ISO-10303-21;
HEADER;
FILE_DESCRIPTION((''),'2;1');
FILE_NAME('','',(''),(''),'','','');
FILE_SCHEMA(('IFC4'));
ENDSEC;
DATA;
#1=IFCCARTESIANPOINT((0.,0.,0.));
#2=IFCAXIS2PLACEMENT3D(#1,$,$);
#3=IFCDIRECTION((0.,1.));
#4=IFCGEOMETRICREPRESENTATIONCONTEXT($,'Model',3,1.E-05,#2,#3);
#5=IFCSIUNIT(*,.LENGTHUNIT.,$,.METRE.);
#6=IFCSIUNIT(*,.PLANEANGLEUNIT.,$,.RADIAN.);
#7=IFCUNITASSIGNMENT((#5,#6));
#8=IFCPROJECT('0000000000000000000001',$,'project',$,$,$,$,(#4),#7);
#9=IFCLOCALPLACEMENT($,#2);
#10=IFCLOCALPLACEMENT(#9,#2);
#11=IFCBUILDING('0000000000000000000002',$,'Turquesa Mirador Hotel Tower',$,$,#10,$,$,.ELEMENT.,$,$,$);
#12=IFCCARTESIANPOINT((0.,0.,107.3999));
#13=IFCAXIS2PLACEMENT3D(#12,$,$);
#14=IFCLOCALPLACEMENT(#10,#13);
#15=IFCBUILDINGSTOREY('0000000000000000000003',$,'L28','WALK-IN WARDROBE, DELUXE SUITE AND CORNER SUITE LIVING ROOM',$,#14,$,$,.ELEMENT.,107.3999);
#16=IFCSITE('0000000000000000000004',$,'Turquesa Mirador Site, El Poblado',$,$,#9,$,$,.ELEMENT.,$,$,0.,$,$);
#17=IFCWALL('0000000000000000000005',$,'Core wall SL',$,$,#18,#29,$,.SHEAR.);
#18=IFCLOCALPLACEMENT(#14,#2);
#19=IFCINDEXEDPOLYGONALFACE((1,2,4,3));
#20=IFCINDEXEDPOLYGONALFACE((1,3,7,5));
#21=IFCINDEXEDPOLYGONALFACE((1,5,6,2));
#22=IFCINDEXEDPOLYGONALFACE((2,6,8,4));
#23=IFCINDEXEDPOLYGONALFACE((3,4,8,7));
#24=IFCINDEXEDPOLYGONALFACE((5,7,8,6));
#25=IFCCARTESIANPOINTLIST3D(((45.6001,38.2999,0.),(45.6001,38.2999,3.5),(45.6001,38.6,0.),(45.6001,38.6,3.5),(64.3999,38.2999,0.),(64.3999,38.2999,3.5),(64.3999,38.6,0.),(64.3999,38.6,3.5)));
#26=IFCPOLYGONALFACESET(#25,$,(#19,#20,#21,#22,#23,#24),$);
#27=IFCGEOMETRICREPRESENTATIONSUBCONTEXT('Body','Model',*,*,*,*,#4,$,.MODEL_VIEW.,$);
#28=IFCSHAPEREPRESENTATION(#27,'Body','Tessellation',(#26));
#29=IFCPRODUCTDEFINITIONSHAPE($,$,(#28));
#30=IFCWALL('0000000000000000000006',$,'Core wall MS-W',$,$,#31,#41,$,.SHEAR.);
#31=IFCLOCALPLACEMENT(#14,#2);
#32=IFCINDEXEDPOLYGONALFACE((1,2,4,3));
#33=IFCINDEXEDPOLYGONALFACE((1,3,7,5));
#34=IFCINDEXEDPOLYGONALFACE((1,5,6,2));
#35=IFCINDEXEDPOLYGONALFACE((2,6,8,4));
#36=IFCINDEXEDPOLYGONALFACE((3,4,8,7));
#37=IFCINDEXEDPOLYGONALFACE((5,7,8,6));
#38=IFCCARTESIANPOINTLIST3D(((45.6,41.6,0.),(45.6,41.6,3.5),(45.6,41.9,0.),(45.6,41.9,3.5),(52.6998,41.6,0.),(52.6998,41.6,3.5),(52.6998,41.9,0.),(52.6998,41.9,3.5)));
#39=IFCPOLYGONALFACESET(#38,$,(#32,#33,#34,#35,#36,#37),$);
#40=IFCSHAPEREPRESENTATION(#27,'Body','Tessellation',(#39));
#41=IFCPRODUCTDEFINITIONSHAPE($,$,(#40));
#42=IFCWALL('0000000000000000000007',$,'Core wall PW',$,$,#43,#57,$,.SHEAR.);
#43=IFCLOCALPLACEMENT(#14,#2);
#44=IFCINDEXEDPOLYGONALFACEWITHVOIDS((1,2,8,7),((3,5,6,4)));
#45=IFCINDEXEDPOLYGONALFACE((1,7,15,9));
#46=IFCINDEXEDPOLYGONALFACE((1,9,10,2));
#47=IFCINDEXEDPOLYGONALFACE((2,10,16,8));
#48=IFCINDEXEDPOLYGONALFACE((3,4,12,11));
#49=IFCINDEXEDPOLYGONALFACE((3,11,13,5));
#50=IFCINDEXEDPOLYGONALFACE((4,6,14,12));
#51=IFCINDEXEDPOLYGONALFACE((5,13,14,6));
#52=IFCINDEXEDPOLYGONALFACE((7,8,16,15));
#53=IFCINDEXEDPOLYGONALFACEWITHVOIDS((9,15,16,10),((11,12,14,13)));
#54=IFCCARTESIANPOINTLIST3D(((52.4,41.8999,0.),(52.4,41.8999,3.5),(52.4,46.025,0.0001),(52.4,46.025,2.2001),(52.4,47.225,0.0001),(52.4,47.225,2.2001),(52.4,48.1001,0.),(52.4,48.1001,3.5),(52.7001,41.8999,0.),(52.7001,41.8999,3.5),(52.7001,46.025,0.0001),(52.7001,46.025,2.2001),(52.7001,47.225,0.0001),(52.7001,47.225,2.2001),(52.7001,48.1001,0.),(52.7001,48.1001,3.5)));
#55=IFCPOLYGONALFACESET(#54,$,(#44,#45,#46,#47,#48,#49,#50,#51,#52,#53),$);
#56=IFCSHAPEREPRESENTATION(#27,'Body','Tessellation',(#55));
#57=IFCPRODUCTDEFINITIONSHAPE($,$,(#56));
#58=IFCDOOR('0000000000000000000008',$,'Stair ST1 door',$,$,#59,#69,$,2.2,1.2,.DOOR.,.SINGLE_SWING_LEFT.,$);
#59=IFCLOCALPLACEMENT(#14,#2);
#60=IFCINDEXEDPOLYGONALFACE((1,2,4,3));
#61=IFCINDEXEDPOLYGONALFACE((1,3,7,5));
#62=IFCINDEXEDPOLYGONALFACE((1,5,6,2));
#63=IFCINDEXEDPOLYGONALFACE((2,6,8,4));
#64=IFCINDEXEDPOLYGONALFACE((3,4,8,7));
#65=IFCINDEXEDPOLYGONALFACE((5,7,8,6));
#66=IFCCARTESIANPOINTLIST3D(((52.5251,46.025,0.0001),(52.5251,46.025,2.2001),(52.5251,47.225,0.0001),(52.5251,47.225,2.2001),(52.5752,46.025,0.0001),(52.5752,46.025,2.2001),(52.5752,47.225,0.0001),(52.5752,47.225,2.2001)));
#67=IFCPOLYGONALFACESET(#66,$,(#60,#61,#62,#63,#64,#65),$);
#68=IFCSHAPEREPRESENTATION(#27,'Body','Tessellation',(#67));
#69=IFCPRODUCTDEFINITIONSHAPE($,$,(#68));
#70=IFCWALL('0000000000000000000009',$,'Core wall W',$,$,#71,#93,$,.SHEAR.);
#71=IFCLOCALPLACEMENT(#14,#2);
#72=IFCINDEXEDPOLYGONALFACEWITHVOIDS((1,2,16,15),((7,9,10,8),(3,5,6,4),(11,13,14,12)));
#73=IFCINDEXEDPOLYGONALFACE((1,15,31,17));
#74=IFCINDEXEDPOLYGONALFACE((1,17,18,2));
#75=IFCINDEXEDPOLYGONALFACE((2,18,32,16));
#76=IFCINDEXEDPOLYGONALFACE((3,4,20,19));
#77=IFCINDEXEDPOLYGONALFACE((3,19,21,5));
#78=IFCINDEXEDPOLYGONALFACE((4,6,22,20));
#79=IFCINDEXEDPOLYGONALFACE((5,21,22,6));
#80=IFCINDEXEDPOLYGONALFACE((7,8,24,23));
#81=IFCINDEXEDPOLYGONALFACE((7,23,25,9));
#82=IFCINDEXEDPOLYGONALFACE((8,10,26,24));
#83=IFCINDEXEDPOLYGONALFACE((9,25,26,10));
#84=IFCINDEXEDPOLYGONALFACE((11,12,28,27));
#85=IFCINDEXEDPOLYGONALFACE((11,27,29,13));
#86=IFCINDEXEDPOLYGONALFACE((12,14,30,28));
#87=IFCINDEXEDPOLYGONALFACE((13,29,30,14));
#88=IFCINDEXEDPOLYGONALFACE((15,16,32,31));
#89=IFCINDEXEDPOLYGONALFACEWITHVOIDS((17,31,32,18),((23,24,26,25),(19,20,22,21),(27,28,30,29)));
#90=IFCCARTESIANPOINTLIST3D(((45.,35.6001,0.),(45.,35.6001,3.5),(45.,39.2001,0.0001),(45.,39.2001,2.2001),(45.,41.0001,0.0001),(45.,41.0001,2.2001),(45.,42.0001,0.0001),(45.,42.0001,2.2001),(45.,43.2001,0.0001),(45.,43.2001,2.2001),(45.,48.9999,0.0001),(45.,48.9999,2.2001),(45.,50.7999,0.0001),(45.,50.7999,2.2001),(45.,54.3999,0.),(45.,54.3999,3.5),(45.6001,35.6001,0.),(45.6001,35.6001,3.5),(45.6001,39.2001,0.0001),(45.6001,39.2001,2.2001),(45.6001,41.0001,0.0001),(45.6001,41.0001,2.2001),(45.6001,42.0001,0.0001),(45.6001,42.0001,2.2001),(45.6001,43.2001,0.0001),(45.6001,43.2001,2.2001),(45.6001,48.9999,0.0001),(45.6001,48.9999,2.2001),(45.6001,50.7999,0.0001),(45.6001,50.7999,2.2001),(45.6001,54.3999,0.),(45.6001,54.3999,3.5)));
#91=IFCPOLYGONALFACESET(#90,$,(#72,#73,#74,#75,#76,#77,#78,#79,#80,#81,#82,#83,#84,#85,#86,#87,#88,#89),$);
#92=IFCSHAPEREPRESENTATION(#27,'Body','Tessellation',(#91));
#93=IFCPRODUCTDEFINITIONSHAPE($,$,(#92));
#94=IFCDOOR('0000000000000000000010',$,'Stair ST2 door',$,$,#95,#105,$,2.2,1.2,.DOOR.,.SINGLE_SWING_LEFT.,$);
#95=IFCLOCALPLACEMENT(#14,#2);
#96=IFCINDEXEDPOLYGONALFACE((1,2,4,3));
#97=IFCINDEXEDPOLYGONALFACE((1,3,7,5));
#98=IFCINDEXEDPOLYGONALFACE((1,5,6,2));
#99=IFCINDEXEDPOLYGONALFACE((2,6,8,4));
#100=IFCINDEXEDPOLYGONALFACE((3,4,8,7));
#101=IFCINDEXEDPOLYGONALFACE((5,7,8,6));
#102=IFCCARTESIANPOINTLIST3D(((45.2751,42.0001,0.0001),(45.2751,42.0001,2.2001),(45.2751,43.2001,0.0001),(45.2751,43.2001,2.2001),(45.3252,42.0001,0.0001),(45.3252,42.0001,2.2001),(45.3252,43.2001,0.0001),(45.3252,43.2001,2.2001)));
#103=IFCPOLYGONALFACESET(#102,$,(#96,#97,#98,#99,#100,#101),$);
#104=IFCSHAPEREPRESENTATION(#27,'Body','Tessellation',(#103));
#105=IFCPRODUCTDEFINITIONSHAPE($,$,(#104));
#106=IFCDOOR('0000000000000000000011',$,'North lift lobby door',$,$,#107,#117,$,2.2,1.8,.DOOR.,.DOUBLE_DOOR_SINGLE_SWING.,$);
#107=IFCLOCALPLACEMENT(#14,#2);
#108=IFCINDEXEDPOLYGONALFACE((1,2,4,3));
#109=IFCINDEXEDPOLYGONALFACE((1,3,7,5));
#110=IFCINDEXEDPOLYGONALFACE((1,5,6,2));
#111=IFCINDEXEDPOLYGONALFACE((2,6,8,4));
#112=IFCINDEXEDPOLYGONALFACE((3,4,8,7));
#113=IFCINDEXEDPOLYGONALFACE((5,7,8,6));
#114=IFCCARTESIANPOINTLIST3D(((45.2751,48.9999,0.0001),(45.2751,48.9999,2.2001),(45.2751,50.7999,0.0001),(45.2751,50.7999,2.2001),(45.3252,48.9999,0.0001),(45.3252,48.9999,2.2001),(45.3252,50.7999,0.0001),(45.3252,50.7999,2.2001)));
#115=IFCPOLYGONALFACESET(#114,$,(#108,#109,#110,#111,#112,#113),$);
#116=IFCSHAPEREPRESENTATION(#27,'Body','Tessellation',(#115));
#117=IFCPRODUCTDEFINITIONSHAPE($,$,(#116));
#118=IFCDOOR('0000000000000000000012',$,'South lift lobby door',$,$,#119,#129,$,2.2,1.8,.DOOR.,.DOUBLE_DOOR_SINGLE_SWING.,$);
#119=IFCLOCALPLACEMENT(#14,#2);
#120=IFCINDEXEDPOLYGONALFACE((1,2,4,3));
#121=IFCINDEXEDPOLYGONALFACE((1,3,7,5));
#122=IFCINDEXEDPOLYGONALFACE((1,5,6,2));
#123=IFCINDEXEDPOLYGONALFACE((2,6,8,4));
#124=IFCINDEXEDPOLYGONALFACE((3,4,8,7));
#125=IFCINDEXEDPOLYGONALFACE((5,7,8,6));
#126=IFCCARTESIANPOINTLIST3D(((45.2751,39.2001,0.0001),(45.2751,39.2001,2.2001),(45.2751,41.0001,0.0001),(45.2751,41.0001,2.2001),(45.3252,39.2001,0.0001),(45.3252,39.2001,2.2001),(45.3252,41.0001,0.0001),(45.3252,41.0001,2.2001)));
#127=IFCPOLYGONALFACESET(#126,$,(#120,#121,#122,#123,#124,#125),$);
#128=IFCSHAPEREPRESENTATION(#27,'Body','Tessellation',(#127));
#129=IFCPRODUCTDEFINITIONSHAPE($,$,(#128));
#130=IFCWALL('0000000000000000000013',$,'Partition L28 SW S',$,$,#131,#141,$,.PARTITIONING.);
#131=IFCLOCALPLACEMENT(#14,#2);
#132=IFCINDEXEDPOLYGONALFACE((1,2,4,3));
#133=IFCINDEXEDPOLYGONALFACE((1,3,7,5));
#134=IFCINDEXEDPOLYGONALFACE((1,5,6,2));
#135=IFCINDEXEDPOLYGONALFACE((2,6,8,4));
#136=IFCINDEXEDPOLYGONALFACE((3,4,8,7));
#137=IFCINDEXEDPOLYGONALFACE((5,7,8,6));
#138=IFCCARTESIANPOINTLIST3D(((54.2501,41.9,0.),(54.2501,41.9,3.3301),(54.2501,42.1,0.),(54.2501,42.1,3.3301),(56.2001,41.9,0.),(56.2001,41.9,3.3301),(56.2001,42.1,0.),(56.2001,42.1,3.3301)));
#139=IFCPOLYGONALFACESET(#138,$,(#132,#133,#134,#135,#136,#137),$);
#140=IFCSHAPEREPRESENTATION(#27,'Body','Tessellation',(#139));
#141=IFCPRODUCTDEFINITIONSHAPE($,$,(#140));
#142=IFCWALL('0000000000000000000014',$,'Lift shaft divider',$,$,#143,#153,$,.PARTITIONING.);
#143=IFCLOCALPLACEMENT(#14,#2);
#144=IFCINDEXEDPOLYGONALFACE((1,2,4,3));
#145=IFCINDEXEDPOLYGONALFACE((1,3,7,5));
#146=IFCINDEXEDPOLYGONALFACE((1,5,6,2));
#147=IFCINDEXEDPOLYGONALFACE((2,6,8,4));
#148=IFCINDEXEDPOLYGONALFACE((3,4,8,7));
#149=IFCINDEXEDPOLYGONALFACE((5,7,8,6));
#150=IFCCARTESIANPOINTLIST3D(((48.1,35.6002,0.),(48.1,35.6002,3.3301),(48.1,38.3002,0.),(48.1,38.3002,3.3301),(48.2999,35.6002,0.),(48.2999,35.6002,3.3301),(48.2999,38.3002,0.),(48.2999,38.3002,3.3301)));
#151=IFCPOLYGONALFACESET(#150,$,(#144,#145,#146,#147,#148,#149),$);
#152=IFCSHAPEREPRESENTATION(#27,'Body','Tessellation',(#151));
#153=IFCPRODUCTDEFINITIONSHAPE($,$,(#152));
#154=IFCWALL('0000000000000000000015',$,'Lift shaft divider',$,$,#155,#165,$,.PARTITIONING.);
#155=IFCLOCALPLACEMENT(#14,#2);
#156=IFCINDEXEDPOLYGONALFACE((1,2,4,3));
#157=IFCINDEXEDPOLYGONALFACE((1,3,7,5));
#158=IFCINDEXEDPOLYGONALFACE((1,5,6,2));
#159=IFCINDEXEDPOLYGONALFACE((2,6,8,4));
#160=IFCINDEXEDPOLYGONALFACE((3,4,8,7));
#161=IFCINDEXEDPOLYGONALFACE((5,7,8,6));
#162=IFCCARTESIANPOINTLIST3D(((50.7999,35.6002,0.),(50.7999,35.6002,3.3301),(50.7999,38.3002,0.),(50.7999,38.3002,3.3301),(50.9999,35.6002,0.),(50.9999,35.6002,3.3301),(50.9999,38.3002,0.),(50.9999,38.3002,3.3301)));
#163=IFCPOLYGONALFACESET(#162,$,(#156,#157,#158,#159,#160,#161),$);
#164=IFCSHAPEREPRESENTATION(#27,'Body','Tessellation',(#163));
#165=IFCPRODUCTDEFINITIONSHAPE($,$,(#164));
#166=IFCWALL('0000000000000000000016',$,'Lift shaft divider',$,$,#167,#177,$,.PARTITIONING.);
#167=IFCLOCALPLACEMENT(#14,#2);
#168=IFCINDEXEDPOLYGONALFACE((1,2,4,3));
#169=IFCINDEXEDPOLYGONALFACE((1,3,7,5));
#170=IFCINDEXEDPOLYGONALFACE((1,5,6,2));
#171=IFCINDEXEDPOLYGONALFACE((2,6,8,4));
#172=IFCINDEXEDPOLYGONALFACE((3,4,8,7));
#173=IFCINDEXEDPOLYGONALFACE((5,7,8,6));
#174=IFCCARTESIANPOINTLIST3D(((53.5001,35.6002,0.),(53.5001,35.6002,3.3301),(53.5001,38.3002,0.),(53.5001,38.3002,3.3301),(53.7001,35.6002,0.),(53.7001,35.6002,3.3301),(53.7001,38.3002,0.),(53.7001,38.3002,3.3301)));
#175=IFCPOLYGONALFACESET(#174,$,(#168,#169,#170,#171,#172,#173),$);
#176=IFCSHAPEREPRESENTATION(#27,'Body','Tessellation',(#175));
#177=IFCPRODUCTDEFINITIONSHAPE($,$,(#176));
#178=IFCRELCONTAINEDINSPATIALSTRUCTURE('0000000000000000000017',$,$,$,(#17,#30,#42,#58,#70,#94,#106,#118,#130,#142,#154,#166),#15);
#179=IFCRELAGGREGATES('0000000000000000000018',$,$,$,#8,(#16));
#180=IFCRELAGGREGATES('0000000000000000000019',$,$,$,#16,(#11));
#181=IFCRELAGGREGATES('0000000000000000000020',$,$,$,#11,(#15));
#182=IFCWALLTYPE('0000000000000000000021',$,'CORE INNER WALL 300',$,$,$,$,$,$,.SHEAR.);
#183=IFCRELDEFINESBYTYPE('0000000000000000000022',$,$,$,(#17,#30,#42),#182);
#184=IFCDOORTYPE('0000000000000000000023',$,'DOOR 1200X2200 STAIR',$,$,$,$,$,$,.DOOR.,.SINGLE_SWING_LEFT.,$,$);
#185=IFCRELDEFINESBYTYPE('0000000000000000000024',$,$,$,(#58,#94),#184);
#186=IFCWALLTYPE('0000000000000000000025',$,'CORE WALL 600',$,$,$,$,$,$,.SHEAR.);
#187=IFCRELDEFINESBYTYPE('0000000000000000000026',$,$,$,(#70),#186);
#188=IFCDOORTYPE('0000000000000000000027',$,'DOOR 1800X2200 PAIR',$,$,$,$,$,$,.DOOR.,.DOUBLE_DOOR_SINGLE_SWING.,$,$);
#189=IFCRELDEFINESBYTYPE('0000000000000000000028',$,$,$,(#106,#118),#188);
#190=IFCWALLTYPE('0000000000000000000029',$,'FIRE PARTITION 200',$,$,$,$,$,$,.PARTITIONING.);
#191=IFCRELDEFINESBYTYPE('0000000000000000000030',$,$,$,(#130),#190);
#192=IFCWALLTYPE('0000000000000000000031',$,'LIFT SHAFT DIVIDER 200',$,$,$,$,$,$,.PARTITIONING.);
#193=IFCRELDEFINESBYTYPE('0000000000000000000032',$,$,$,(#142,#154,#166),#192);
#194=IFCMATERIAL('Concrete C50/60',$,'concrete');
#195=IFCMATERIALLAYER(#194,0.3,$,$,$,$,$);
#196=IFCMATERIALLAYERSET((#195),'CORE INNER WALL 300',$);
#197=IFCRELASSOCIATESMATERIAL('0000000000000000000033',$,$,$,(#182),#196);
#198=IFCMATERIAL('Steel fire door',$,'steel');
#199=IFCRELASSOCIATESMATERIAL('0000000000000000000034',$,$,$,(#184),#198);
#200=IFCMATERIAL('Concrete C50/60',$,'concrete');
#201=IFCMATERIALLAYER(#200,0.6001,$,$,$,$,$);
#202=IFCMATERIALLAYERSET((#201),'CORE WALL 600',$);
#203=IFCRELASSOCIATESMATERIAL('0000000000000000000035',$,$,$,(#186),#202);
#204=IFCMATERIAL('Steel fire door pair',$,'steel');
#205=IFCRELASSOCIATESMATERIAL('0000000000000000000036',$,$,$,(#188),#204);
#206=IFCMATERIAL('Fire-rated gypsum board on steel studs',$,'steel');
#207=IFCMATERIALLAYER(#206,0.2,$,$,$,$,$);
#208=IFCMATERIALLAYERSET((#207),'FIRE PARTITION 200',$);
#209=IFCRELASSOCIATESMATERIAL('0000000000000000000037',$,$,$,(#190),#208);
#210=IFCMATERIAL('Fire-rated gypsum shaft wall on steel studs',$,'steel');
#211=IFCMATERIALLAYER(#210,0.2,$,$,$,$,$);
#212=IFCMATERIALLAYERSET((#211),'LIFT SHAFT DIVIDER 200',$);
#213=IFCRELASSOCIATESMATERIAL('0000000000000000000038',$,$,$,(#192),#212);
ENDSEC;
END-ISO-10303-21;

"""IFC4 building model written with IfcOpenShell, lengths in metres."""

from ifc_helpers import new_model, si_unit, direction, frame, frame_2d, origin, place, context, subcontext, project, spatial, rectangle, extrude, material, layer, layer_set, type_object, element, fill, save


model = new_model("IFC4")

# Units and contexts
model_context = context("Model", 3, precision=1e-05, world=origin(), true_north=direction((0.0, 1.0)))
body_context = subcontext(model_context, "Body", "Model", "MODEL_VIEW")
ifc_project = project(units=[si_unit("LENGTHUNIT", "METRE"), si_unit("PLANEANGLEUNIT", "RADIAN")], contexts=[model_context])

# Site, building, storey
site_placement = place(None, origin())
site = spatial("IfcSite", under=ifc_project, at=site_placement, Name="Turquesa Mirador Site, El Poblado", CompositionType="ELEMENT", RefElevation=0.0)
building_placement = place(site_placement, origin())
building = spatial("IfcBuilding", under=site, at=building_placement, Name="Turquesa Mirador Hotel Tower", CompositionType="ELEMENT")
storey_placement = place(building_placement, frame((0.0, 0.0, 107.3999)))
storey = spatial("IfcBuildingStorey", under=building, at=storey_placement, Name="L28", Description="WALK-IN WARDROBE, DELUXE SUITE AND CORNER SUITE LIVING ROOM", CompositionType="ELEMENT", Elevation=107.3999)

# Walls
ifc_material_1 = material(Name="Concrete C50/60", Category="concrete")
ifc_layer_1 = layer(ifc_material_1, 0.3)
ifc_layer_set_1 = layer_set([ifc_layer_1], Name="CORE INNER WALL 300")
wall_type_1 = type_object("IfcWallType", Name="CORE INNER WALL 300", PredefinedType="SHEAR", material=ifc_layer_set_1)
wall_1_placement = place(storey_placement, frame((45.6001, 38.45, 0.0), z_axis=(0.0, 0.0, 1.0), x_axis=(1.0, 0.0, 0.0)))
element("IfcWall", 1, at=wall_1_placement, inside=storey, type_object=wall_type_1, Name="Core wall SL", PredefinedType="SHEAR", context=body_context, shape_type="SweptSolid", body=[
    extrude(rectangle(XDim=18.7998, YDim=0.3, at=frame_2d((9.3999, 0.0))), origin(), (0.0, 0.0, 1.0), 3.5),
])
wall_2_placement = place(storey_placement, frame((45.6001, 41.75, 0.0), z_axis=(0.0, 0.0, 1.0), x_axis=(1.0, 0.0, 0.0)))
element("IfcWall", 2, at=wall_2_placement, inside=storey, type_object=wall_type_1, Name="Core wall MS-W", PredefinedType="SHEAR", context=body_context, shape_type="SweptSolid", body=[
    extrude(rectangle(XDim=7.0999, YDim=0.3, at=frame_2d((3.5498, 0.0))), origin(), (0.0, 0.0, 1.0), 3.5),
])

# Wall, opening, door
wall_3_placement = place(storey_placement, frame((52.55, 41.8999, 0.0), z_axis=(0.0, 0.0, 1.0), x_axis=(0.0, 1.0, 0.0)))
wall_3 = element("IfcWall", 3, at=wall_3_placement, inside=storey, type_object=wall_type_1, Name="Core wall PW", PredefinedType="SHEAR", context=body_context, shape_type="SweptSolid", body=[
    extrude(rectangle(XDim=6.2002, YDim=0.3, at=frame_2d((3.1001, 0.0))), origin(), (0.0, 0.0, 1.0), 3.5),
])
opening_1_placement = place(wall_3_placement, frame((4.125, 0.0, 0.0)))
opening_1 = element("IfcOpeningElement", 4, at=opening_1_placement, cuts=wall_3, PredefinedType="OPENING", context=body_context, shape_type="SweptSolid", body=[
    extrude(rectangle(XDim=1.2, YDim=2.2, at=frame_2d((0.6001, 1.1001))), frame((0.0, 0.1599, 0.0), z_axis=(0.0, -1.0, 0.0), x_axis=(1.0, 0.0, 0.0)), (0.0, 0.0, 1.0), 0.3201),
])
ifc_material_2 = material(Name="Steel fire door", Category="steel")
door_type_1 = type_object("IfcDoorType", Name="DOOR 1200X2200 STAIR", OperationType="SINGLE_SWING_LEFT", PredefinedType="DOOR", material=ifc_material_2)
door_1_placement = place(opening_1_placement, origin())
door_1 = element("IfcDoor", 5, at=door_1_placement, inside=storey, type_object=door_type_1, Name="Stair ST1 door", OperationType="SINGLE_SWING_LEFT", OverallHeight=2.2, OverallWidth=1.2, PredefinedType="DOOR", context=body_context, shape_type="SweptSolid", body=[
    extrude(rectangle(XDim=1.2, YDim=2.2, at=frame_2d((0.6001, 1.1001))), frame((0.0, 0.0249, 0.0), z_axis=(0.0, -1.0, 0.0), x_axis=(1.0, 0.0, 0.0)), (0.0, 0.0, 1.0), 0.05),
])
fill(opening_1, door_1)

# Wall, openings, doors
ifc_material_3 = material(Name="Concrete C50/60", Category="concrete")
ifc_layer_2 = layer(ifc_material_3, 0.6001)
ifc_layer_set_2 = layer_set([ifc_layer_2], Name="CORE WALL 600")
wall_type_2 = type_object("IfcWallType", Name="CORE WALL 600", PredefinedType="SHEAR", material=ifc_layer_set_2)
wall_4_placement = place(storey_placement, frame((45.3, 35.6001, 0.0), z_axis=(0.0, 0.0, 1.0), x_axis=(0.0, 1.0, 0.0)))
wall_4 = element("IfcWall", 6, at=wall_4_placement, inside=storey, type_object=wall_type_2, Name="Core wall W", PredefinedType="SHEAR", context=body_context, shape_type="SweptSolid", body=[
    extrude(rectangle(XDim=18.7998, YDim=0.6001, at=frame_2d((9.3999, 0.0))), origin(), (0.0, 0.0, 1.0), 3.5),
])
opening_2_placement = place(wall_4_placement, frame((13.3999, 0.0, 0.0)))
opening_2 = element("IfcOpeningElement", 7, at=opening_2_placement, cuts=wall_4, PredefinedType="OPENING", context=body_context, shape_type="SweptSolid", body=[
    extrude(rectangle(XDim=1.8, YDim=2.2, at=frame_2d((0.8999, 1.1001))), frame((0.0, 0.3101, 0.0), z_axis=(0.0, -1.0, 0.0), x_axis=(1.0, 0.0, 0.0)), (0.0, 0.0, 1.0), 0.6201),
])
opening_3_placement = place(wall_4_placement, frame((3.6001, 0.0, 0.0)))
opening_3 = element("IfcOpeningElement", 8, at=opening_3_placement, cuts=wall_4, PredefinedType="OPENING", context=body_context, shape_type="SweptSolid", body=[
    extrude(rectangle(XDim=1.8, YDim=2.2, at=frame_2d((0.8999, 1.1001))), frame((0.0, 0.3101, 0.0), z_axis=(0.0, -1.0, 0.0), x_axis=(1.0, 0.0, 0.0)), (0.0, 0.0, 1.0), 0.6201),
])
opening_4_placement = place(wall_4_placement, frame((6.3999, 0.0, 0.0)))
opening_4 = element("IfcOpeningElement", 9, at=opening_4_placement, cuts=wall_4, PredefinedType="OPENING", context=body_context, shape_type="SweptSolid", body=[
    extrude(rectangle(XDim=1.2, YDim=2.2, at=frame_2d((0.6001, 1.1001))), frame((0.0, 0.3101, 0.0), z_axis=(0.0, -1.0, 0.0), x_axis=(1.0, 0.0, 0.0)), (0.0, 0.0, 1.0), 0.6201),
])
door_2_placement = place(opening_4_placement, origin())
door_2 = element("IfcDoor", 10, at=door_2_placement, inside=storey, type_object=door_type_1, Name="Stair ST2 door", OperationType="SINGLE_SWING_LEFT", OverallHeight=2.2, OverallWidth=1.2, PredefinedType="DOOR", context=body_context, shape_type="SweptSolid", body=[
    extrude(rectangle(XDim=1.2, YDim=2.2, at=frame_2d((0.6001, 1.1001))), frame((0.0, 0.0249, 0.0), z_axis=(0.0, -1.0, 0.0), x_axis=(1.0, 0.0, 0.0)), (0.0, 0.0, 1.0), 0.05),
])
fill(opening_4, door_2)
ifc_material_4 = material(Name="Steel fire door pair", Category="steel")
door_type_2 = type_object("IfcDoorType", Name="DOOR 1800X2200 PAIR", OperationType="DOUBLE_DOOR_SINGLE_SWING", PredefinedType="DOOR", material=ifc_material_4)
door_3_placement = place(opening_2_placement, origin())
door_3 = element("IfcDoor", 11, at=door_3_placement, inside=storey, type_object=door_type_2, Name="North lift lobby door", OperationType="DOUBLE_DOOR_SINGLE_SWING", OverallHeight=2.2, OverallWidth=1.8, PredefinedType="DOOR", context=body_context, shape_type="SweptSolid", body=[
    extrude(rectangle(XDim=1.8, YDim=2.2, at=frame_2d((0.8999, 1.1001))), frame((0.0, 0.0249, 0.0), z_axis=(0.0, -1.0, 0.0), x_axis=(1.0, 0.0, 0.0)), (0.0, 0.0, 1.0), 0.05),
])
fill(opening_2, door_3)
door_4_placement = place(opening_3_placement, origin())
door_4 = element("IfcDoor", 12, at=door_4_placement, inside=storey, type_object=door_type_2, Name="South lift lobby door", OperationType="DOUBLE_DOOR_SINGLE_SWING", OverallHeight=2.2, OverallWidth=1.8, PredefinedType="DOOR", context=body_context, shape_type="SweptSolid", body=[
    extrude(rectangle(XDim=1.8, YDim=2.2, at=frame_2d((0.8999, 1.1001))), frame((0.0, 0.0249, 0.0), z_axis=(0.0, -1.0, 0.0), x_axis=(1.0, 0.0, 0.0)), (0.0, 0.0, 1.0), 0.05),
])
fill(opening_3, door_4)

# Walls
ifc_material_5 = material(Name="Fire-rated gypsum board on steel studs", Category="steel")
ifc_layer_3 = layer(ifc_material_5, 0.2)
ifc_layer_set_3 = layer_set([ifc_layer_3], Name="FIRE PARTITION 200")
wall_type_3 = type_object("IfcWallType", Name="FIRE PARTITION 200", PredefinedType="PARTITIONING", material=ifc_layer_set_3)
wall_5_placement = place(storey_placement, frame((54.25, 42.0, 0.0), z_axis=(0.0, 0.0, 1.0), x_axis=(1.0, 0.0, 0.0)))
element("IfcWall", 13, at=wall_5_placement, inside=storey, type_object=wall_type_3, Name="Partition L28 SW S", PredefinedType="PARTITIONING", context=body_context, shape_type="SweptSolid", body=[
    extrude(rectangle(XDim=1.95, YDim=0.2, at=frame_2d((0.9751, 0.0))), origin(), (0.0, 0.0, 1.0), 3.3301),
])
ifc_material_6 = material(Name="Fire-rated gypsum shaft wall on steel studs", Category="steel")
ifc_layer_4 = layer(ifc_material_6, 0.2)
ifc_layer_set_4 = layer_set([ifc_layer_4], Name="LIFT SHAFT DIVIDER 200")
wall_type_4 = type_object("IfcWallType", Name="LIFT SHAFT DIVIDER 200", PredefinedType="PARTITIONING", material=ifc_layer_set_4)
for number, where, z_axis, x_axis, name in (
    (14, (48.2, 35.6001, 0.0), (0.0, 0.0, 1.0), (0.0, 1.0, 0.0), "Lift shaft divider"),
    (15, (50.8999, 35.6001, 0.0), (0.0, 0.0, 1.0), (0.0, 1.0, 0.0), "Lift shaft divider"),
    (16, (53.6001, 35.6001, 0.0), (0.0, 0.0, 1.0), (0.0, 1.0, 0.0), "Lift shaft divider"),
):
    element("IfcWall", number, at=place(storey_placement, frame(where, z_axis=z_axis, x_axis=x_axis)), inside=storey, type_object=wall_type_4, Name=name, PredefinedType="PARTITIONING", context=body_context, shape_type="SweptSolid", body=[
        extrude(rectangle(XDim=2.7, YDim=0.2, at=frame_2d((1.3501, 0.0))), origin(), (0.0, 0.0, 1.0), 3.3301),
    ])

save(model, "model.ifc")
